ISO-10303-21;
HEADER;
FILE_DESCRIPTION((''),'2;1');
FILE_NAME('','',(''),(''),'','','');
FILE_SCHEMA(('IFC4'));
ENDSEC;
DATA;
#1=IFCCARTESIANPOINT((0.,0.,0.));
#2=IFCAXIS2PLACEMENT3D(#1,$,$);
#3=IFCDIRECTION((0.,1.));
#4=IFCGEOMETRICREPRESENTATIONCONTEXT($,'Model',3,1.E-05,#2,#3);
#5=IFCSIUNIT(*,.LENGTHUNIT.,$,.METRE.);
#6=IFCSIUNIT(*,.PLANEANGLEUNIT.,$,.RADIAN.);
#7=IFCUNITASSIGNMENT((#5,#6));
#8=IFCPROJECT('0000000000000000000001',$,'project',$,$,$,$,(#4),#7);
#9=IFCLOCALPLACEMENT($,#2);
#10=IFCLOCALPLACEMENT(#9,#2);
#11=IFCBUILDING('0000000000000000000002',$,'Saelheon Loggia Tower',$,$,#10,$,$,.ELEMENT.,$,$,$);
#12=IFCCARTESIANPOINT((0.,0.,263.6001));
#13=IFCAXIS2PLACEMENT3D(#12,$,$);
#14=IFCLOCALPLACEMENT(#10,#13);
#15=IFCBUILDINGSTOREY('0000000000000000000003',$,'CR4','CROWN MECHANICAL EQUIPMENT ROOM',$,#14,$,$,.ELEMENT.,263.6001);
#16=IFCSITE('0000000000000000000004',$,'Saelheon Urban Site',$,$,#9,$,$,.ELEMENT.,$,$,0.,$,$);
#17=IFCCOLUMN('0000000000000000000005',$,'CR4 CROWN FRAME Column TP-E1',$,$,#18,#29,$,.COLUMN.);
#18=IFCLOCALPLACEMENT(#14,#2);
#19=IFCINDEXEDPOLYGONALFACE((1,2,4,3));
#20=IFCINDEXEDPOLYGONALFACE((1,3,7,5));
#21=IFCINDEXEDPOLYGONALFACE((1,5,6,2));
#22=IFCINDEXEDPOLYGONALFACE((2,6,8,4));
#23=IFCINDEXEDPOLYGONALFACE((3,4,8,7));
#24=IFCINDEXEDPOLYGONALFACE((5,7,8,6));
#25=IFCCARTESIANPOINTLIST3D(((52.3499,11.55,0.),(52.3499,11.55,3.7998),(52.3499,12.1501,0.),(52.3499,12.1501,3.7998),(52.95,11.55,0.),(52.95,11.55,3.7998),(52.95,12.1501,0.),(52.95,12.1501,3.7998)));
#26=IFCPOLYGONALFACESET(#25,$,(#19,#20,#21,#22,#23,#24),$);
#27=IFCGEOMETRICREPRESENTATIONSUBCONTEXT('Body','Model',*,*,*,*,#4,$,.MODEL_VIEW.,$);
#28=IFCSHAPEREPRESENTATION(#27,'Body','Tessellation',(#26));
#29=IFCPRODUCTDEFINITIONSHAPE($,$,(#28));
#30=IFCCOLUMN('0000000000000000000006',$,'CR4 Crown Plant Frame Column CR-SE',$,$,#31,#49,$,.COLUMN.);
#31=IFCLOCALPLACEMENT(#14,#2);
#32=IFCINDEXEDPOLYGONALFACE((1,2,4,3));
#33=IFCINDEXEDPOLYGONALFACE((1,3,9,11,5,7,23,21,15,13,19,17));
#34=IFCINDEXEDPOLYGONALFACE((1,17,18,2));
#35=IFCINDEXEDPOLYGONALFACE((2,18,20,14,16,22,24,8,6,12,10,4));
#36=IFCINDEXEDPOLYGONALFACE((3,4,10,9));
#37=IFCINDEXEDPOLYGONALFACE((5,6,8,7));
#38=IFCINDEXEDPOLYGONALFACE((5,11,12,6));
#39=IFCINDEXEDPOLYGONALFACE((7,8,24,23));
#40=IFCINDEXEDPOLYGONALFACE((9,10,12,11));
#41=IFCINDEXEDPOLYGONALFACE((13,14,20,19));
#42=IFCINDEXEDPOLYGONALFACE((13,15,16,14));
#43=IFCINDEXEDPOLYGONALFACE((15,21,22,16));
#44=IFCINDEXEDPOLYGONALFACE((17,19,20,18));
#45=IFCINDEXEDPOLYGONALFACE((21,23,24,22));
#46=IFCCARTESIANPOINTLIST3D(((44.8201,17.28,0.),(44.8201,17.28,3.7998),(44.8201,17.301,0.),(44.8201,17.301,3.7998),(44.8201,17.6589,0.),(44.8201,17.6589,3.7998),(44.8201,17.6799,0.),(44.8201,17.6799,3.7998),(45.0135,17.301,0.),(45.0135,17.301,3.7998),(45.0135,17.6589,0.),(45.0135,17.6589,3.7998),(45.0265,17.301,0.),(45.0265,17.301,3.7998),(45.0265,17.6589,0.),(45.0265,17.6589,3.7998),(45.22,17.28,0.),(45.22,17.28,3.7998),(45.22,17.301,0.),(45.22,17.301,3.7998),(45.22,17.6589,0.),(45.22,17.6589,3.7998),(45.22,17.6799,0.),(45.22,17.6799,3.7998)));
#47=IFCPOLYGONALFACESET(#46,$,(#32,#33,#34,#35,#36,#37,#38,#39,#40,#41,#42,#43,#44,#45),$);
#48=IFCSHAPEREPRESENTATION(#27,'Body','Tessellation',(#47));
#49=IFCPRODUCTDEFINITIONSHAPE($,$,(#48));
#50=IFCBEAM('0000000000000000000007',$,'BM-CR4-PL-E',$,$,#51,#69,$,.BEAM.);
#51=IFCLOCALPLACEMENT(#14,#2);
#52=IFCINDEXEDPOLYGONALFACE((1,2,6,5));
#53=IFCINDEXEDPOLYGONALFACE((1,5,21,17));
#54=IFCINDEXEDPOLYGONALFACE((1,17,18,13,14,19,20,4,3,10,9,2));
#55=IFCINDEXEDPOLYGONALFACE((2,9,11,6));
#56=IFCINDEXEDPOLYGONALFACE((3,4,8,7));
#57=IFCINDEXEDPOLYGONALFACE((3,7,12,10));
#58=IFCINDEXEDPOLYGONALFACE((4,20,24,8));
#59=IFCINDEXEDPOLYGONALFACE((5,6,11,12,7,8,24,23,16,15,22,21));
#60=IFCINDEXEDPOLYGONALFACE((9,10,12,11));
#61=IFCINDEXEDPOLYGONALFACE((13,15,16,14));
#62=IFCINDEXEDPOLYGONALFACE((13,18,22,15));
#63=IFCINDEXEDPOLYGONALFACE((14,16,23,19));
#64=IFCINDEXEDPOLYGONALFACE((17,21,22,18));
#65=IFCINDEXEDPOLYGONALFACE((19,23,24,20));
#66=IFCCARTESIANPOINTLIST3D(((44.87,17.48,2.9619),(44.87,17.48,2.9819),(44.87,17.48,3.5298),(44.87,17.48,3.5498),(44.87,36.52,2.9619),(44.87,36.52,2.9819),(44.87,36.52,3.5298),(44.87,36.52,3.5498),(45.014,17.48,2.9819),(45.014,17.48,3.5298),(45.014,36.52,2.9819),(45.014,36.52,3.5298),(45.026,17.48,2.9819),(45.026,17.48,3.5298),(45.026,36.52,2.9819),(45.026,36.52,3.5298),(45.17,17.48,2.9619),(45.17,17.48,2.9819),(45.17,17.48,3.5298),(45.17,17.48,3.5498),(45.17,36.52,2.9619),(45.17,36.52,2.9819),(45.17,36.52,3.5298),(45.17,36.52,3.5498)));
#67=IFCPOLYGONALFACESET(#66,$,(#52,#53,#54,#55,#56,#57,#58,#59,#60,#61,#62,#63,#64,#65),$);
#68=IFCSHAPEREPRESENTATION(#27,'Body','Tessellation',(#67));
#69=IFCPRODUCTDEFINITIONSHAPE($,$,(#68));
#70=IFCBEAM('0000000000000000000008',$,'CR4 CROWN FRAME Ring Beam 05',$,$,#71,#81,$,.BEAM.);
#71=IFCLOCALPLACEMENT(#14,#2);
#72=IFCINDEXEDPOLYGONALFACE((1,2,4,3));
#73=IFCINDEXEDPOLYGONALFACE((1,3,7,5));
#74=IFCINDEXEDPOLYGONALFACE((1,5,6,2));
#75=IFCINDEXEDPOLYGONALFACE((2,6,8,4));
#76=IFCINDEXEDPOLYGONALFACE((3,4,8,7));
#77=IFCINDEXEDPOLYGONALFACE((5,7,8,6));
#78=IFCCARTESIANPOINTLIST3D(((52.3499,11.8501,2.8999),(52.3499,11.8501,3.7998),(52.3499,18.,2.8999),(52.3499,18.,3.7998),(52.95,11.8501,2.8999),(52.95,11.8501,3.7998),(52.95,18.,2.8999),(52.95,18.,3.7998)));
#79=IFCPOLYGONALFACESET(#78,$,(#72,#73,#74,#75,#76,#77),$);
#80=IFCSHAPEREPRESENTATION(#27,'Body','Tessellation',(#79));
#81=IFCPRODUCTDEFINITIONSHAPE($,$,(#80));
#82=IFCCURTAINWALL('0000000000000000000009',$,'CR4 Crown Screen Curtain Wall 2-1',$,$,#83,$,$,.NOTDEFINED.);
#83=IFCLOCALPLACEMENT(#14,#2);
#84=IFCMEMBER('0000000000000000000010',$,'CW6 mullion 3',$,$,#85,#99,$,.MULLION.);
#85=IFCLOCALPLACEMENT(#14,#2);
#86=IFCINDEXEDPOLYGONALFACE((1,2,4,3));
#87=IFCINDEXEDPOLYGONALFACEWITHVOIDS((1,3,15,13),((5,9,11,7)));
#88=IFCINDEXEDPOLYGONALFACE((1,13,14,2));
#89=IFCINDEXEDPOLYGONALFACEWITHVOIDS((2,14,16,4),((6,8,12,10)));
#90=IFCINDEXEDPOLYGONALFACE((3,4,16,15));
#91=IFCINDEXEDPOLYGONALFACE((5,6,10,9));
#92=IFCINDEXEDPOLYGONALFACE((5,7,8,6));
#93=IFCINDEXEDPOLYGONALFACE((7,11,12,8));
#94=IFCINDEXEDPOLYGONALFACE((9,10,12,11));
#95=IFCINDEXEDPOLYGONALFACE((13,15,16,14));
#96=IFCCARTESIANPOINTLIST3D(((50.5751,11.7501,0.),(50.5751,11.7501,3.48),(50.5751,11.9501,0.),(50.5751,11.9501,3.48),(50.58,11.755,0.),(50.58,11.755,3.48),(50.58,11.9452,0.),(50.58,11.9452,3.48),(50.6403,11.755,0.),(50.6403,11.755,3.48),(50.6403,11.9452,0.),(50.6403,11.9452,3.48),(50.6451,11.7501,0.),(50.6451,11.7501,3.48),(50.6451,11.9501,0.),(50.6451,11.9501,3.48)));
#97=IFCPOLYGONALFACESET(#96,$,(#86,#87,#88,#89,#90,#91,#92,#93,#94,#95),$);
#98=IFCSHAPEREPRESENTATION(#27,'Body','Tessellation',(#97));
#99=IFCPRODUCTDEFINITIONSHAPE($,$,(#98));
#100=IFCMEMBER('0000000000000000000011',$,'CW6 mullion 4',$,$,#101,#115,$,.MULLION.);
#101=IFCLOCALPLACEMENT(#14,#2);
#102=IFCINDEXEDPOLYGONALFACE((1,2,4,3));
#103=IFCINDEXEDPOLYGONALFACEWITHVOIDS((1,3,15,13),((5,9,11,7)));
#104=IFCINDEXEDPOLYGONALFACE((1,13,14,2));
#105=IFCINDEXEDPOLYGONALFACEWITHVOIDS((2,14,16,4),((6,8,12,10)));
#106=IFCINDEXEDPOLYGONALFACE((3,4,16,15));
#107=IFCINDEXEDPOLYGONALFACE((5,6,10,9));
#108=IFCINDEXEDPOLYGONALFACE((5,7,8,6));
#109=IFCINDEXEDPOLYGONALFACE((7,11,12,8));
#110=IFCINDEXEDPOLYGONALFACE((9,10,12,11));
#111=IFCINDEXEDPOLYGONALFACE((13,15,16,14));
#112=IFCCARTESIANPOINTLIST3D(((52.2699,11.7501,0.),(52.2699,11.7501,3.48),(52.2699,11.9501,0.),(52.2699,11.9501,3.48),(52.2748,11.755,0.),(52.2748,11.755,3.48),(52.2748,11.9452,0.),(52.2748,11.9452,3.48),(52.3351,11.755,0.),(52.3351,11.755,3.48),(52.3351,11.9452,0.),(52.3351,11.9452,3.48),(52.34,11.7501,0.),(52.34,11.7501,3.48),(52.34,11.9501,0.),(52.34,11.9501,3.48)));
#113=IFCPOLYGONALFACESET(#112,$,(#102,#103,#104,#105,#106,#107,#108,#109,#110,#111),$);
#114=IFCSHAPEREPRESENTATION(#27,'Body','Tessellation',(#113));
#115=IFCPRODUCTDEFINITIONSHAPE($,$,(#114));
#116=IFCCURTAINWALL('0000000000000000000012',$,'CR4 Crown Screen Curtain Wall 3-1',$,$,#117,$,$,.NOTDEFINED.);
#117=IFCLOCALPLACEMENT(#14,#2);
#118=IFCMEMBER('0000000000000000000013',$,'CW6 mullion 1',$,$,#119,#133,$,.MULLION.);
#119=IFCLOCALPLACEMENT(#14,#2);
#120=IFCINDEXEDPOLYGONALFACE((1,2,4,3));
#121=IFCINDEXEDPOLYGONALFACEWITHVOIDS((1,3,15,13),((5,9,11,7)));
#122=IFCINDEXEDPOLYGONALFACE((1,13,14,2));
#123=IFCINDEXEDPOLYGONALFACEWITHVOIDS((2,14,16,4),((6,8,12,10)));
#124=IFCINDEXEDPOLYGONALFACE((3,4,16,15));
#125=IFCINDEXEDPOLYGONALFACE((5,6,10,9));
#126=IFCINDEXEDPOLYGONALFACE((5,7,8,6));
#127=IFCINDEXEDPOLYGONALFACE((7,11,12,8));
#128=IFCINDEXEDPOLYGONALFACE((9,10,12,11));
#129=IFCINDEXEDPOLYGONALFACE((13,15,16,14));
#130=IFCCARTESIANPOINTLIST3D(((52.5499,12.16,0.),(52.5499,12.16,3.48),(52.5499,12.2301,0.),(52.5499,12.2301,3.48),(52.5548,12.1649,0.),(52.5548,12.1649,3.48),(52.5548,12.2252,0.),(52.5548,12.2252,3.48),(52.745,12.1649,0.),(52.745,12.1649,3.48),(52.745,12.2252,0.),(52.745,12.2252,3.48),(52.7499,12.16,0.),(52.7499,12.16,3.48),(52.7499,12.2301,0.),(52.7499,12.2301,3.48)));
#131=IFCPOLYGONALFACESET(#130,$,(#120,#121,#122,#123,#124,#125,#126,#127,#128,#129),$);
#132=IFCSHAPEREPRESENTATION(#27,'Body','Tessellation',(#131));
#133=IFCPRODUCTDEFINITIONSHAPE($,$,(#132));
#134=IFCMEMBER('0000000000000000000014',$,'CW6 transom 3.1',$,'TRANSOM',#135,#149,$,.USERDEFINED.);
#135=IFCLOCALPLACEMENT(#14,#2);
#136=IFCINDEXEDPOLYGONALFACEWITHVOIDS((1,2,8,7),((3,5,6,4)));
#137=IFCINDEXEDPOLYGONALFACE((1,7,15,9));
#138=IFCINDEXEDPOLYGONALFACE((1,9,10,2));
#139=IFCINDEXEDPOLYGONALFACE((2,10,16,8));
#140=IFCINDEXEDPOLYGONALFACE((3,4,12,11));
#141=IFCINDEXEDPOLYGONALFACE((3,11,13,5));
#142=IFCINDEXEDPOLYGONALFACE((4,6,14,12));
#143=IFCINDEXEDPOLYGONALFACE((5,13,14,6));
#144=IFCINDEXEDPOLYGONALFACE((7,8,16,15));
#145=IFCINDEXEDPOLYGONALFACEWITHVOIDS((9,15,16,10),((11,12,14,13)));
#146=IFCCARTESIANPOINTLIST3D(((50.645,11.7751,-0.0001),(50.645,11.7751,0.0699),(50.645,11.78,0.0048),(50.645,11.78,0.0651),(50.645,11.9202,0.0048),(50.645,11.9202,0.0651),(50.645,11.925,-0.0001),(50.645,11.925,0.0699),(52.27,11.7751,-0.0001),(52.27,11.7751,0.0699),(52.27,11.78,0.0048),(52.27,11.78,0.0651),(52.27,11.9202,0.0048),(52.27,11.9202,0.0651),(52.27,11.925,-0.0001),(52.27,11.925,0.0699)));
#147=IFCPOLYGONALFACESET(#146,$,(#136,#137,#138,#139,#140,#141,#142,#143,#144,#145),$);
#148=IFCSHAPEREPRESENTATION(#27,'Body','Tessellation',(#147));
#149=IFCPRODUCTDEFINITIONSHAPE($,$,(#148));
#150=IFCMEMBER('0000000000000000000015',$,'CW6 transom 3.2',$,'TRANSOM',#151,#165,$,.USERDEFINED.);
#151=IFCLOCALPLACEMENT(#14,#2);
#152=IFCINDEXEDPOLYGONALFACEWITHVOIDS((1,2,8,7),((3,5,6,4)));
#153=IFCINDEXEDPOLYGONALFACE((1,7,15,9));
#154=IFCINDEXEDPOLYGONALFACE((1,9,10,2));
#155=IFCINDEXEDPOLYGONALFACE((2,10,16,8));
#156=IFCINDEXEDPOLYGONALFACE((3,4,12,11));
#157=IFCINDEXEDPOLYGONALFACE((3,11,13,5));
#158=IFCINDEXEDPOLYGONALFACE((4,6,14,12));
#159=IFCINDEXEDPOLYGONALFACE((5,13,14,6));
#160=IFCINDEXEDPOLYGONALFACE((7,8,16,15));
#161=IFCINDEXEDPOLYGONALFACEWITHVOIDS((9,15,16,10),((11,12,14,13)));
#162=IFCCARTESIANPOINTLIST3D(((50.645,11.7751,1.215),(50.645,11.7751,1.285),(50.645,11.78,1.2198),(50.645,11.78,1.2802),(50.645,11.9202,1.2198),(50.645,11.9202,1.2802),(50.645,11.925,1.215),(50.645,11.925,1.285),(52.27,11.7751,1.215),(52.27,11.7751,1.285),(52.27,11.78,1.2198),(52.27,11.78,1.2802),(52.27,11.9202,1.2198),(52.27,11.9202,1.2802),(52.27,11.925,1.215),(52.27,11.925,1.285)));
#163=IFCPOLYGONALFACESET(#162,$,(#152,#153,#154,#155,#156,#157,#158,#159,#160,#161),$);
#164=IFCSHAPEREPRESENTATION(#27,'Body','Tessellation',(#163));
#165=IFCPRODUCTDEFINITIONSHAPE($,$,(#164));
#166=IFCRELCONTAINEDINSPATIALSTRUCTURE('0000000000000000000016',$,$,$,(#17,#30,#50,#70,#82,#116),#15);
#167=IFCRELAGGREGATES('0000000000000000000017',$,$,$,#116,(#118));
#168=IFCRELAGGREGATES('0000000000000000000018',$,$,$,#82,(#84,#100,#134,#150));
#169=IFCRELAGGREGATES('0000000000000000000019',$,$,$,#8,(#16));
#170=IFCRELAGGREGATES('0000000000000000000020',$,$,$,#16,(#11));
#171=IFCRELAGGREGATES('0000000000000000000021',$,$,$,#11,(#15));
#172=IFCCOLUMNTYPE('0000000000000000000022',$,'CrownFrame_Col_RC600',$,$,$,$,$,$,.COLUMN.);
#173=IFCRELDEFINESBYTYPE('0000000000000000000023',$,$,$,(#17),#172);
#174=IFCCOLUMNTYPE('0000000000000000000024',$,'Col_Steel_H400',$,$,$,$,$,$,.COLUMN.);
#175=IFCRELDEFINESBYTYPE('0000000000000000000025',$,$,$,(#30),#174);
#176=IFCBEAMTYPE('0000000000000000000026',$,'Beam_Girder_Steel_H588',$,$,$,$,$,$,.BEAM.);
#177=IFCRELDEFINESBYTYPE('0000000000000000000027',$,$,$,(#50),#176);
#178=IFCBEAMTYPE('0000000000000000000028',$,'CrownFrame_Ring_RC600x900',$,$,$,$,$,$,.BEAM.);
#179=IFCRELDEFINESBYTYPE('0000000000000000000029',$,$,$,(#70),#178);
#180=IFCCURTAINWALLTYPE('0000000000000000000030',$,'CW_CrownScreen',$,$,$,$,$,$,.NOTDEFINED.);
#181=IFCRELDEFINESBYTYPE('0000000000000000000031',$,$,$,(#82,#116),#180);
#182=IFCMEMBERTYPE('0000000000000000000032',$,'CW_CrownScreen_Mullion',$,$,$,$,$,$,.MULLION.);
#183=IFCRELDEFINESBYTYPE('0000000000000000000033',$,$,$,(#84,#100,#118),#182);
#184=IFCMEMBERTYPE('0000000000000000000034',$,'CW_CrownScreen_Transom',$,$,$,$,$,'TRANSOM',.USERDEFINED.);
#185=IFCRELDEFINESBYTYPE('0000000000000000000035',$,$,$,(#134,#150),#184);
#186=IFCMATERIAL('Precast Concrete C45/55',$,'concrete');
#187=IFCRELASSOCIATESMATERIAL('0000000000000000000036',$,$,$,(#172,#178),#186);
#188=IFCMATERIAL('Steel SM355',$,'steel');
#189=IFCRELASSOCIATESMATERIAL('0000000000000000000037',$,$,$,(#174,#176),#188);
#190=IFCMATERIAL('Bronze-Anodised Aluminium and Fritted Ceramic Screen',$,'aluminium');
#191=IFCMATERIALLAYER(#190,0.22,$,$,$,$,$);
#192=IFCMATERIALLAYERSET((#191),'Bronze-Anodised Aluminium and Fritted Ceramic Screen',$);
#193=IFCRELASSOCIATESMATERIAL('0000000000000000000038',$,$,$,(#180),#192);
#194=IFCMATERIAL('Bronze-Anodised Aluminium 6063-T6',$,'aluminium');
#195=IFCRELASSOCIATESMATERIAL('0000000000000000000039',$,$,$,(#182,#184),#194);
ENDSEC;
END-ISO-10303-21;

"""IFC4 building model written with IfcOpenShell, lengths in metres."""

from ifc_helpers import new_model, si_unit, direction, frame, origin, origin_2d, place, context, subcontext, project, spatial, rectangle, hollow_rectangle, i_section, extrude, source, transform, mapped, material, layer, layer_set, material_profile, profile_set, type_object, element, aggregate, save


model = new_model("IFC4")

# Units and contexts
model_context = context("Model", 3, precision=1e-05, world=origin(), true_north=direction((0.0, 1.0)))
body_context = subcontext(model_context, "Body", "Model", "MODEL_VIEW")
ifc_project = project(units=[si_unit("LENGTHUNIT", "METRE"), si_unit("PLANEANGLEUNIT", "RADIAN")], contexts=[model_context])

# Site, building, storey
site_placement = place(None, origin())
site = spatial("IfcSite", under=ifc_project, at=site_placement, Name="Saelheon Urban Site", CompositionType="ELEMENT", RefElevation=0.0)
building_placement = place(site_placement, origin())
building = spatial("IfcBuilding", under=site, at=building_placement, Name="Saelheon Loggia Tower", CompositionType="ELEMENT")
storey_placement = place(building_placement, frame((0.0, 0.0, 263.6001)))
storey = spatial("IfcBuildingStorey", under=building, at=storey_placement, Name="CR4", Description="CROWN MECHANICAL EQUIPMENT ROOM", CompositionType="ELEMENT", Elevation=263.6001)

# Columns
ifc_material_1 = material(Name="Precast Concrete C45/55", Category="concrete")
ifc_material_profile_1 = material_profile(ifc_material_1, rectangle(XDim=0.6001, YDim=0.6001, at=origin_2d()), Name="RC-600x600")
ifc_profile_set_1 = profile_set([ifc_material_profile_1], Name="Precast Concrete C45/55")
column_type_1 = type_object("IfcColumnType", Name="CrownFrame_Col_RC600", PredefinedType="COLUMN", material=ifc_profile_set_1)
shared_shape_1 = source(origin(), body_context, "Body", "SweptSolid", [
    extrude(rectangle(XDim=0.6001, YDim=0.6001, at=origin_2d()), origin(), (0.0, 0.0, 1.0), 3.7998),
])
column_1_placement = place(storey_placement, frame((52.6499, 11.8501, 0.0), z_axis=(0.0, 0.0, 1.0), x_axis=(1.0, 0.0, 0.0)))
element("IfcColumn", 1, at=column_1_placement, inside=storey, type_object=column_type_1, Name="CR4 CROWN FRAME Column TP-E1", PredefinedType="COLUMN", context=body_context, shape_type="MappedRepresentation", body=[
    mapped(shared_shape_1, transform((0.0, 0.0, 0.0), scale=1.0)),
])
ifc_material_2 = material(Name="Steel SM355", Category="steel")
ifc_material_profile_2 = material_profile(ifc_material_2, i_section(OverallWidth=0.3999, OverallDepth=0.3999, WebThickness=0.0129, FlangeThickness=0.021, at=origin_2d()), Name="H-400x400x13x21")
ifc_profile_set_2 = profile_set([ifc_material_profile_2], Name="Steel SM355")
column_type_2 = type_object("IfcColumnType", Name="Col_Steel_H400", PredefinedType="COLUMN", material=ifc_profile_set_2)
shared_shape_2 = source(origin(), body_context, "Body", "SweptSolid", [
    extrude(i_section(OverallWidth=0.3999, OverallDepth=0.3999, WebThickness=0.0129, FlangeThickness=0.021, at=origin_2d()), origin(), (0.0, 0.0, 1.0), 3.7998),
])
column_2_placement = place(storey_placement, frame((45.02, 17.48, 0.0), z_axis=(0.0, 0.0, 1.0), x_axis=(1.0, 0.0, 0.0)))
element("IfcColumn", 2, at=column_2_placement, inside=storey, type_object=column_type_2, Name="CR4 Crown Plant Frame Column CR-SE", PredefinedType="COLUMN", context=body_context, shape_type="MappedRepresentation", body=[
    mapped(shared_shape_2, transform((0.0, 0.0, 0.0), scale=1.0)),
])

# Beams
ifc_material_profile_3 = material_profile(ifc_material_2, i_section(OverallWidth=0.3, OverallDepth=0.5879, WebThickness=0.012, FlangeThickness=0.02, at=origin_2d()), Name="H-588x300x12x20")
ifc_profile_set_3 = profile_set([ifc_material_profile_3], Name="Steel SM355")
beam_type_1 = type_object("IfcBeamType", Name="Beam_Girder_Steel_H588", PredefinedType="BEAM", material=ifc_profile_set_3)
shared_shape_3 = source(origin(), body_context, "Body", "SweptSolid", [
    extrude(i_section(OverallWidth=0.3, OverallDepth=0.5879, WebThickness=0.012, FlangeThickness=0.02, at=origin_2d()), origin(), (0.0, 0.0, 1.0), 19.04),
])
beam_1_placement = place(storey_placement, frame((45.02, 17.48, 3.2559), z_axis=(0.0, 1.0, 0.0), x_axis=(-1.0, 0.0, 0.0)))
element("IfcBeam", 3, at=beam_1_placement, inside=storey, type_object=beam_type_1, Name="BM-CR4-PL-E", PredefinedType="BEAM", context=body_context, shape_type="MappedRepresentation", body=[
    mapped(shared_shape_3, transform((0.0, 0.0, 0.0), scale=1.0)),
])
ifc_material_profile_4 = material_profile(ifc_material_1, rectangle(XDim=0.6001, YDim=0.8999, at=origin_2d()), Name="RC-600x900")
ifc_profile_set_4 = profile_set([ifc_material_profile_4], Name="Precast Concrete C45/55")
beam_type_2 = type_object("IfcBeamType", Name="CrownFrame_Ring_RC600x900", PredefinedType="BEAM", material=ifc_profile_set_4)
shared_shape_4 = source(origin(), body_context, "Body", "SweptSolid", [
    extrude(rectangle(XDim=0.6001, YDim=0.8999, at=origin_2d()), origin(), (0.0, 0.0, 1.0), 6.1499),
])
beam_2_placement = place(storey_placement, frame((52.6499, 11.8501, 3.3499), z_axis=(0.0, 1.0, 0.0), x_axis=(-1.0, 0.0, 0.0)))
element("IfcBeam", 4, at=beam_2_placement, inside=storey, type_object=beam_type_2, Name="CR4 CROWN FRAME Ring Beam 05", PredefinedType="BEAM", context=body_context, shape_type="MappedRepresentation", body=[
    mapped(shared_shape_4, transform((0.0, 0.0, 0.0), scale=1.0)),
])

# Curtain wall, members
ifc_material_3 = material(Name="Bronze-Anodised Aluminium and Fritted Ceramic Screen", Category="aluminium")
ifc_layer_1 = layer(ifc_material_3, 0.22)
ifc_layer_set_1 = layer_set([ifc_layer_1], Name="Bronze-Anodised Aluminium and Fritted Ceramic Screen")
curtain_wall_type = type_object("IfcCurtainWallType", Name="CW_CrownScreen", PredefinedType="NOTDEFINED", material=ifc_layer_set_1)
curtain_wall_1_placement = place(storey_placement, origin())
curtain_wall_1 = element("IfcCurtainWall", 5, at=curtain_wall_1_placement, inside=storey, type_object=curtain_wall_type, Name="CR4 Crown Screen Curtain Wall 2-1", PredefinedType="NOTDEFINED")
ifc_material_4 = material(Name="Bronze-Anodised Aluminium 6063-T6", Category="aluminium")
ifc_material_profile_5 = material_profile(ifc_material_4, hollow_rectangle(XDim=0.0701, YDim=0.2, WallThickness=0.0049, at=origin_2d()), Name="RHS-200x70x5")
ifc_profile_set_5 = profile_set([ifc_material_profile_5], Name="Bronze-Anodised Aluminium 6063-T6")
member_type_1 = type_object("IfcMemberType", Name="CW_CrownScreen_Mullion", PredefinedType="MULLION", material=ifc_profile_set_5)
shared_shape_5 = source(origin(), body_context, "Body", "SweptSolid", [
    extrude(hollow_rectangle(XDim=0.0701, YDim=0.2, WallThickness=0.0049, at=origin_2d()), origin(), (0.0, 0.0, 1.0), 3.48),
])
member_1_placement = place(storey_placement, frame((50.6101, 11.8501, 0.0), z_axis=(0.0, 0.0, 1.0), x_axis=(1.0, 0.0, 0.0)))
member_1 = element("IfcMember", 6, at=member_1_placement, type_object=member_type_1, Name="CW6 mullion 3", PredefinedType="MULLION", context=body_context, shape_type="MappedRepresentation", body=[
    mapped(shared_shape_5, transform((0.0, 0.0, 0.0), scale=1.0)),
])
member_2_placement = place(storey_placement, frame((52.3049, 11.8501, 0.0), z_axis=(0.0, 0.0, 1.0), x_axis=(1.0, 0.0, 0.0)))
member_2 = element("IfcMember", 7, at=member_2_placement, type_object=member_type_1, Name="CW6 mullion 4", PredefinedType="MULLION", context=body_context, shape_type="MappedRepresentation", body=[
    mapped(shared_shape_5, transform((0.0, 0.0, 0.0), scale=1.0)),
])

# Curtain wall, member
curtain_wall_2_placement = place(storey_placement, origin())
curtain_wall_2 = element("IfcCurtainWall", 8, at=curtain_wall_2_placement, inside=storey, type_object=curtain_wall_type, Name="CR4 Crown Screen Curtain Wall 3-1", PredefinedType="NOTDEFINED")
member_3_placement = place(storey_placement, frame((52.6499, 12.1951, 0.0), z_axis=(0.0, 0.0, 1.0), x_axis=(0.0, 1.0, 0.0)))
member_3 = element("IfcMember", 9, at=member_3_placement, type_object=member_type_1, Name="CW6 mullion 1", PredefinedType="MULLION", context=body_context, shape_type="MappedRepresentation", body=[
    mapped(shared_shape_5, transform((0.0, 0.0, 0.0), scale=1.0)),
])

# Members
ifc_material_profile_6 = material_profile(ifc_material_4, hollow_rectangle(XDim=0.0701, YDim=0.1499, WallThickness=0.0049, at=origin_2d()), Name="RHS-150x70x5")
ifc_profile_set_6 = profile_set([ifc_material_profile_6], Name="Bronze-Anodised Aluminium 6063-T6")
member_type_2 = type_object("IfcMemberType", Name="CW_CrownScreen_Transom", ElementType="TRANSOM", PredefinedType="USERDEFINED", material=ifc_profile_set_6)
shared_shape_6 = source(origin(), body_context, "Body", "SweptSolid", [
    extrude(hollow_rectangle(XDim=0.0701, YDim=0.1499, WallThickness=0.0049, at=origin_2d()), origin(), (0.0, 0.0, 1.0), 1.625),
])
member_4_placement = place(storey_placement, frame((50.645, 11.8501, 0.0349), z_axis=(1.0, 0.0, 0.0), x_axis=(0.0, 0.0, 1.0)))
member_4 = element("IfcMember", 10, at=member_4_placement, type_object=member_type_2, Name="CW6 transom 3.1", ObjectType="TRANSOM", PredefinedType="USERDEFINED", context=body_context, shape_type="MappedRepresentation", body=[
    mapped(shared_shape_6, transform((0.0, 0.0, 0.0), scale=1.0)),
])
member_5_placement = place(storey_placement, frame((50.645, 11.8501, 1.25), z_axis=(1.0, 0.0, 0.0), x_axis=(0.0, 0.0, 1.0)))
member_5 = element("IfcMember", 11, at=member_5_placement, type_object=member_type_2, Name="CW6 transom 3.2", ObjectType="TRANSOM", PredefinedType="USERDEFINED", context=body_context, shape_type="MappedRepresentation", body=[
    mapped(shared_shape_6, transform((0.0, 0.0, 0.0), scale=1.0)),
])
aggregate(curtain_wall_2, [member_3])

aggregate(curtain_wall_1, [member_1, member_2, member_4, member_5])

save(model, "model.ifc")
